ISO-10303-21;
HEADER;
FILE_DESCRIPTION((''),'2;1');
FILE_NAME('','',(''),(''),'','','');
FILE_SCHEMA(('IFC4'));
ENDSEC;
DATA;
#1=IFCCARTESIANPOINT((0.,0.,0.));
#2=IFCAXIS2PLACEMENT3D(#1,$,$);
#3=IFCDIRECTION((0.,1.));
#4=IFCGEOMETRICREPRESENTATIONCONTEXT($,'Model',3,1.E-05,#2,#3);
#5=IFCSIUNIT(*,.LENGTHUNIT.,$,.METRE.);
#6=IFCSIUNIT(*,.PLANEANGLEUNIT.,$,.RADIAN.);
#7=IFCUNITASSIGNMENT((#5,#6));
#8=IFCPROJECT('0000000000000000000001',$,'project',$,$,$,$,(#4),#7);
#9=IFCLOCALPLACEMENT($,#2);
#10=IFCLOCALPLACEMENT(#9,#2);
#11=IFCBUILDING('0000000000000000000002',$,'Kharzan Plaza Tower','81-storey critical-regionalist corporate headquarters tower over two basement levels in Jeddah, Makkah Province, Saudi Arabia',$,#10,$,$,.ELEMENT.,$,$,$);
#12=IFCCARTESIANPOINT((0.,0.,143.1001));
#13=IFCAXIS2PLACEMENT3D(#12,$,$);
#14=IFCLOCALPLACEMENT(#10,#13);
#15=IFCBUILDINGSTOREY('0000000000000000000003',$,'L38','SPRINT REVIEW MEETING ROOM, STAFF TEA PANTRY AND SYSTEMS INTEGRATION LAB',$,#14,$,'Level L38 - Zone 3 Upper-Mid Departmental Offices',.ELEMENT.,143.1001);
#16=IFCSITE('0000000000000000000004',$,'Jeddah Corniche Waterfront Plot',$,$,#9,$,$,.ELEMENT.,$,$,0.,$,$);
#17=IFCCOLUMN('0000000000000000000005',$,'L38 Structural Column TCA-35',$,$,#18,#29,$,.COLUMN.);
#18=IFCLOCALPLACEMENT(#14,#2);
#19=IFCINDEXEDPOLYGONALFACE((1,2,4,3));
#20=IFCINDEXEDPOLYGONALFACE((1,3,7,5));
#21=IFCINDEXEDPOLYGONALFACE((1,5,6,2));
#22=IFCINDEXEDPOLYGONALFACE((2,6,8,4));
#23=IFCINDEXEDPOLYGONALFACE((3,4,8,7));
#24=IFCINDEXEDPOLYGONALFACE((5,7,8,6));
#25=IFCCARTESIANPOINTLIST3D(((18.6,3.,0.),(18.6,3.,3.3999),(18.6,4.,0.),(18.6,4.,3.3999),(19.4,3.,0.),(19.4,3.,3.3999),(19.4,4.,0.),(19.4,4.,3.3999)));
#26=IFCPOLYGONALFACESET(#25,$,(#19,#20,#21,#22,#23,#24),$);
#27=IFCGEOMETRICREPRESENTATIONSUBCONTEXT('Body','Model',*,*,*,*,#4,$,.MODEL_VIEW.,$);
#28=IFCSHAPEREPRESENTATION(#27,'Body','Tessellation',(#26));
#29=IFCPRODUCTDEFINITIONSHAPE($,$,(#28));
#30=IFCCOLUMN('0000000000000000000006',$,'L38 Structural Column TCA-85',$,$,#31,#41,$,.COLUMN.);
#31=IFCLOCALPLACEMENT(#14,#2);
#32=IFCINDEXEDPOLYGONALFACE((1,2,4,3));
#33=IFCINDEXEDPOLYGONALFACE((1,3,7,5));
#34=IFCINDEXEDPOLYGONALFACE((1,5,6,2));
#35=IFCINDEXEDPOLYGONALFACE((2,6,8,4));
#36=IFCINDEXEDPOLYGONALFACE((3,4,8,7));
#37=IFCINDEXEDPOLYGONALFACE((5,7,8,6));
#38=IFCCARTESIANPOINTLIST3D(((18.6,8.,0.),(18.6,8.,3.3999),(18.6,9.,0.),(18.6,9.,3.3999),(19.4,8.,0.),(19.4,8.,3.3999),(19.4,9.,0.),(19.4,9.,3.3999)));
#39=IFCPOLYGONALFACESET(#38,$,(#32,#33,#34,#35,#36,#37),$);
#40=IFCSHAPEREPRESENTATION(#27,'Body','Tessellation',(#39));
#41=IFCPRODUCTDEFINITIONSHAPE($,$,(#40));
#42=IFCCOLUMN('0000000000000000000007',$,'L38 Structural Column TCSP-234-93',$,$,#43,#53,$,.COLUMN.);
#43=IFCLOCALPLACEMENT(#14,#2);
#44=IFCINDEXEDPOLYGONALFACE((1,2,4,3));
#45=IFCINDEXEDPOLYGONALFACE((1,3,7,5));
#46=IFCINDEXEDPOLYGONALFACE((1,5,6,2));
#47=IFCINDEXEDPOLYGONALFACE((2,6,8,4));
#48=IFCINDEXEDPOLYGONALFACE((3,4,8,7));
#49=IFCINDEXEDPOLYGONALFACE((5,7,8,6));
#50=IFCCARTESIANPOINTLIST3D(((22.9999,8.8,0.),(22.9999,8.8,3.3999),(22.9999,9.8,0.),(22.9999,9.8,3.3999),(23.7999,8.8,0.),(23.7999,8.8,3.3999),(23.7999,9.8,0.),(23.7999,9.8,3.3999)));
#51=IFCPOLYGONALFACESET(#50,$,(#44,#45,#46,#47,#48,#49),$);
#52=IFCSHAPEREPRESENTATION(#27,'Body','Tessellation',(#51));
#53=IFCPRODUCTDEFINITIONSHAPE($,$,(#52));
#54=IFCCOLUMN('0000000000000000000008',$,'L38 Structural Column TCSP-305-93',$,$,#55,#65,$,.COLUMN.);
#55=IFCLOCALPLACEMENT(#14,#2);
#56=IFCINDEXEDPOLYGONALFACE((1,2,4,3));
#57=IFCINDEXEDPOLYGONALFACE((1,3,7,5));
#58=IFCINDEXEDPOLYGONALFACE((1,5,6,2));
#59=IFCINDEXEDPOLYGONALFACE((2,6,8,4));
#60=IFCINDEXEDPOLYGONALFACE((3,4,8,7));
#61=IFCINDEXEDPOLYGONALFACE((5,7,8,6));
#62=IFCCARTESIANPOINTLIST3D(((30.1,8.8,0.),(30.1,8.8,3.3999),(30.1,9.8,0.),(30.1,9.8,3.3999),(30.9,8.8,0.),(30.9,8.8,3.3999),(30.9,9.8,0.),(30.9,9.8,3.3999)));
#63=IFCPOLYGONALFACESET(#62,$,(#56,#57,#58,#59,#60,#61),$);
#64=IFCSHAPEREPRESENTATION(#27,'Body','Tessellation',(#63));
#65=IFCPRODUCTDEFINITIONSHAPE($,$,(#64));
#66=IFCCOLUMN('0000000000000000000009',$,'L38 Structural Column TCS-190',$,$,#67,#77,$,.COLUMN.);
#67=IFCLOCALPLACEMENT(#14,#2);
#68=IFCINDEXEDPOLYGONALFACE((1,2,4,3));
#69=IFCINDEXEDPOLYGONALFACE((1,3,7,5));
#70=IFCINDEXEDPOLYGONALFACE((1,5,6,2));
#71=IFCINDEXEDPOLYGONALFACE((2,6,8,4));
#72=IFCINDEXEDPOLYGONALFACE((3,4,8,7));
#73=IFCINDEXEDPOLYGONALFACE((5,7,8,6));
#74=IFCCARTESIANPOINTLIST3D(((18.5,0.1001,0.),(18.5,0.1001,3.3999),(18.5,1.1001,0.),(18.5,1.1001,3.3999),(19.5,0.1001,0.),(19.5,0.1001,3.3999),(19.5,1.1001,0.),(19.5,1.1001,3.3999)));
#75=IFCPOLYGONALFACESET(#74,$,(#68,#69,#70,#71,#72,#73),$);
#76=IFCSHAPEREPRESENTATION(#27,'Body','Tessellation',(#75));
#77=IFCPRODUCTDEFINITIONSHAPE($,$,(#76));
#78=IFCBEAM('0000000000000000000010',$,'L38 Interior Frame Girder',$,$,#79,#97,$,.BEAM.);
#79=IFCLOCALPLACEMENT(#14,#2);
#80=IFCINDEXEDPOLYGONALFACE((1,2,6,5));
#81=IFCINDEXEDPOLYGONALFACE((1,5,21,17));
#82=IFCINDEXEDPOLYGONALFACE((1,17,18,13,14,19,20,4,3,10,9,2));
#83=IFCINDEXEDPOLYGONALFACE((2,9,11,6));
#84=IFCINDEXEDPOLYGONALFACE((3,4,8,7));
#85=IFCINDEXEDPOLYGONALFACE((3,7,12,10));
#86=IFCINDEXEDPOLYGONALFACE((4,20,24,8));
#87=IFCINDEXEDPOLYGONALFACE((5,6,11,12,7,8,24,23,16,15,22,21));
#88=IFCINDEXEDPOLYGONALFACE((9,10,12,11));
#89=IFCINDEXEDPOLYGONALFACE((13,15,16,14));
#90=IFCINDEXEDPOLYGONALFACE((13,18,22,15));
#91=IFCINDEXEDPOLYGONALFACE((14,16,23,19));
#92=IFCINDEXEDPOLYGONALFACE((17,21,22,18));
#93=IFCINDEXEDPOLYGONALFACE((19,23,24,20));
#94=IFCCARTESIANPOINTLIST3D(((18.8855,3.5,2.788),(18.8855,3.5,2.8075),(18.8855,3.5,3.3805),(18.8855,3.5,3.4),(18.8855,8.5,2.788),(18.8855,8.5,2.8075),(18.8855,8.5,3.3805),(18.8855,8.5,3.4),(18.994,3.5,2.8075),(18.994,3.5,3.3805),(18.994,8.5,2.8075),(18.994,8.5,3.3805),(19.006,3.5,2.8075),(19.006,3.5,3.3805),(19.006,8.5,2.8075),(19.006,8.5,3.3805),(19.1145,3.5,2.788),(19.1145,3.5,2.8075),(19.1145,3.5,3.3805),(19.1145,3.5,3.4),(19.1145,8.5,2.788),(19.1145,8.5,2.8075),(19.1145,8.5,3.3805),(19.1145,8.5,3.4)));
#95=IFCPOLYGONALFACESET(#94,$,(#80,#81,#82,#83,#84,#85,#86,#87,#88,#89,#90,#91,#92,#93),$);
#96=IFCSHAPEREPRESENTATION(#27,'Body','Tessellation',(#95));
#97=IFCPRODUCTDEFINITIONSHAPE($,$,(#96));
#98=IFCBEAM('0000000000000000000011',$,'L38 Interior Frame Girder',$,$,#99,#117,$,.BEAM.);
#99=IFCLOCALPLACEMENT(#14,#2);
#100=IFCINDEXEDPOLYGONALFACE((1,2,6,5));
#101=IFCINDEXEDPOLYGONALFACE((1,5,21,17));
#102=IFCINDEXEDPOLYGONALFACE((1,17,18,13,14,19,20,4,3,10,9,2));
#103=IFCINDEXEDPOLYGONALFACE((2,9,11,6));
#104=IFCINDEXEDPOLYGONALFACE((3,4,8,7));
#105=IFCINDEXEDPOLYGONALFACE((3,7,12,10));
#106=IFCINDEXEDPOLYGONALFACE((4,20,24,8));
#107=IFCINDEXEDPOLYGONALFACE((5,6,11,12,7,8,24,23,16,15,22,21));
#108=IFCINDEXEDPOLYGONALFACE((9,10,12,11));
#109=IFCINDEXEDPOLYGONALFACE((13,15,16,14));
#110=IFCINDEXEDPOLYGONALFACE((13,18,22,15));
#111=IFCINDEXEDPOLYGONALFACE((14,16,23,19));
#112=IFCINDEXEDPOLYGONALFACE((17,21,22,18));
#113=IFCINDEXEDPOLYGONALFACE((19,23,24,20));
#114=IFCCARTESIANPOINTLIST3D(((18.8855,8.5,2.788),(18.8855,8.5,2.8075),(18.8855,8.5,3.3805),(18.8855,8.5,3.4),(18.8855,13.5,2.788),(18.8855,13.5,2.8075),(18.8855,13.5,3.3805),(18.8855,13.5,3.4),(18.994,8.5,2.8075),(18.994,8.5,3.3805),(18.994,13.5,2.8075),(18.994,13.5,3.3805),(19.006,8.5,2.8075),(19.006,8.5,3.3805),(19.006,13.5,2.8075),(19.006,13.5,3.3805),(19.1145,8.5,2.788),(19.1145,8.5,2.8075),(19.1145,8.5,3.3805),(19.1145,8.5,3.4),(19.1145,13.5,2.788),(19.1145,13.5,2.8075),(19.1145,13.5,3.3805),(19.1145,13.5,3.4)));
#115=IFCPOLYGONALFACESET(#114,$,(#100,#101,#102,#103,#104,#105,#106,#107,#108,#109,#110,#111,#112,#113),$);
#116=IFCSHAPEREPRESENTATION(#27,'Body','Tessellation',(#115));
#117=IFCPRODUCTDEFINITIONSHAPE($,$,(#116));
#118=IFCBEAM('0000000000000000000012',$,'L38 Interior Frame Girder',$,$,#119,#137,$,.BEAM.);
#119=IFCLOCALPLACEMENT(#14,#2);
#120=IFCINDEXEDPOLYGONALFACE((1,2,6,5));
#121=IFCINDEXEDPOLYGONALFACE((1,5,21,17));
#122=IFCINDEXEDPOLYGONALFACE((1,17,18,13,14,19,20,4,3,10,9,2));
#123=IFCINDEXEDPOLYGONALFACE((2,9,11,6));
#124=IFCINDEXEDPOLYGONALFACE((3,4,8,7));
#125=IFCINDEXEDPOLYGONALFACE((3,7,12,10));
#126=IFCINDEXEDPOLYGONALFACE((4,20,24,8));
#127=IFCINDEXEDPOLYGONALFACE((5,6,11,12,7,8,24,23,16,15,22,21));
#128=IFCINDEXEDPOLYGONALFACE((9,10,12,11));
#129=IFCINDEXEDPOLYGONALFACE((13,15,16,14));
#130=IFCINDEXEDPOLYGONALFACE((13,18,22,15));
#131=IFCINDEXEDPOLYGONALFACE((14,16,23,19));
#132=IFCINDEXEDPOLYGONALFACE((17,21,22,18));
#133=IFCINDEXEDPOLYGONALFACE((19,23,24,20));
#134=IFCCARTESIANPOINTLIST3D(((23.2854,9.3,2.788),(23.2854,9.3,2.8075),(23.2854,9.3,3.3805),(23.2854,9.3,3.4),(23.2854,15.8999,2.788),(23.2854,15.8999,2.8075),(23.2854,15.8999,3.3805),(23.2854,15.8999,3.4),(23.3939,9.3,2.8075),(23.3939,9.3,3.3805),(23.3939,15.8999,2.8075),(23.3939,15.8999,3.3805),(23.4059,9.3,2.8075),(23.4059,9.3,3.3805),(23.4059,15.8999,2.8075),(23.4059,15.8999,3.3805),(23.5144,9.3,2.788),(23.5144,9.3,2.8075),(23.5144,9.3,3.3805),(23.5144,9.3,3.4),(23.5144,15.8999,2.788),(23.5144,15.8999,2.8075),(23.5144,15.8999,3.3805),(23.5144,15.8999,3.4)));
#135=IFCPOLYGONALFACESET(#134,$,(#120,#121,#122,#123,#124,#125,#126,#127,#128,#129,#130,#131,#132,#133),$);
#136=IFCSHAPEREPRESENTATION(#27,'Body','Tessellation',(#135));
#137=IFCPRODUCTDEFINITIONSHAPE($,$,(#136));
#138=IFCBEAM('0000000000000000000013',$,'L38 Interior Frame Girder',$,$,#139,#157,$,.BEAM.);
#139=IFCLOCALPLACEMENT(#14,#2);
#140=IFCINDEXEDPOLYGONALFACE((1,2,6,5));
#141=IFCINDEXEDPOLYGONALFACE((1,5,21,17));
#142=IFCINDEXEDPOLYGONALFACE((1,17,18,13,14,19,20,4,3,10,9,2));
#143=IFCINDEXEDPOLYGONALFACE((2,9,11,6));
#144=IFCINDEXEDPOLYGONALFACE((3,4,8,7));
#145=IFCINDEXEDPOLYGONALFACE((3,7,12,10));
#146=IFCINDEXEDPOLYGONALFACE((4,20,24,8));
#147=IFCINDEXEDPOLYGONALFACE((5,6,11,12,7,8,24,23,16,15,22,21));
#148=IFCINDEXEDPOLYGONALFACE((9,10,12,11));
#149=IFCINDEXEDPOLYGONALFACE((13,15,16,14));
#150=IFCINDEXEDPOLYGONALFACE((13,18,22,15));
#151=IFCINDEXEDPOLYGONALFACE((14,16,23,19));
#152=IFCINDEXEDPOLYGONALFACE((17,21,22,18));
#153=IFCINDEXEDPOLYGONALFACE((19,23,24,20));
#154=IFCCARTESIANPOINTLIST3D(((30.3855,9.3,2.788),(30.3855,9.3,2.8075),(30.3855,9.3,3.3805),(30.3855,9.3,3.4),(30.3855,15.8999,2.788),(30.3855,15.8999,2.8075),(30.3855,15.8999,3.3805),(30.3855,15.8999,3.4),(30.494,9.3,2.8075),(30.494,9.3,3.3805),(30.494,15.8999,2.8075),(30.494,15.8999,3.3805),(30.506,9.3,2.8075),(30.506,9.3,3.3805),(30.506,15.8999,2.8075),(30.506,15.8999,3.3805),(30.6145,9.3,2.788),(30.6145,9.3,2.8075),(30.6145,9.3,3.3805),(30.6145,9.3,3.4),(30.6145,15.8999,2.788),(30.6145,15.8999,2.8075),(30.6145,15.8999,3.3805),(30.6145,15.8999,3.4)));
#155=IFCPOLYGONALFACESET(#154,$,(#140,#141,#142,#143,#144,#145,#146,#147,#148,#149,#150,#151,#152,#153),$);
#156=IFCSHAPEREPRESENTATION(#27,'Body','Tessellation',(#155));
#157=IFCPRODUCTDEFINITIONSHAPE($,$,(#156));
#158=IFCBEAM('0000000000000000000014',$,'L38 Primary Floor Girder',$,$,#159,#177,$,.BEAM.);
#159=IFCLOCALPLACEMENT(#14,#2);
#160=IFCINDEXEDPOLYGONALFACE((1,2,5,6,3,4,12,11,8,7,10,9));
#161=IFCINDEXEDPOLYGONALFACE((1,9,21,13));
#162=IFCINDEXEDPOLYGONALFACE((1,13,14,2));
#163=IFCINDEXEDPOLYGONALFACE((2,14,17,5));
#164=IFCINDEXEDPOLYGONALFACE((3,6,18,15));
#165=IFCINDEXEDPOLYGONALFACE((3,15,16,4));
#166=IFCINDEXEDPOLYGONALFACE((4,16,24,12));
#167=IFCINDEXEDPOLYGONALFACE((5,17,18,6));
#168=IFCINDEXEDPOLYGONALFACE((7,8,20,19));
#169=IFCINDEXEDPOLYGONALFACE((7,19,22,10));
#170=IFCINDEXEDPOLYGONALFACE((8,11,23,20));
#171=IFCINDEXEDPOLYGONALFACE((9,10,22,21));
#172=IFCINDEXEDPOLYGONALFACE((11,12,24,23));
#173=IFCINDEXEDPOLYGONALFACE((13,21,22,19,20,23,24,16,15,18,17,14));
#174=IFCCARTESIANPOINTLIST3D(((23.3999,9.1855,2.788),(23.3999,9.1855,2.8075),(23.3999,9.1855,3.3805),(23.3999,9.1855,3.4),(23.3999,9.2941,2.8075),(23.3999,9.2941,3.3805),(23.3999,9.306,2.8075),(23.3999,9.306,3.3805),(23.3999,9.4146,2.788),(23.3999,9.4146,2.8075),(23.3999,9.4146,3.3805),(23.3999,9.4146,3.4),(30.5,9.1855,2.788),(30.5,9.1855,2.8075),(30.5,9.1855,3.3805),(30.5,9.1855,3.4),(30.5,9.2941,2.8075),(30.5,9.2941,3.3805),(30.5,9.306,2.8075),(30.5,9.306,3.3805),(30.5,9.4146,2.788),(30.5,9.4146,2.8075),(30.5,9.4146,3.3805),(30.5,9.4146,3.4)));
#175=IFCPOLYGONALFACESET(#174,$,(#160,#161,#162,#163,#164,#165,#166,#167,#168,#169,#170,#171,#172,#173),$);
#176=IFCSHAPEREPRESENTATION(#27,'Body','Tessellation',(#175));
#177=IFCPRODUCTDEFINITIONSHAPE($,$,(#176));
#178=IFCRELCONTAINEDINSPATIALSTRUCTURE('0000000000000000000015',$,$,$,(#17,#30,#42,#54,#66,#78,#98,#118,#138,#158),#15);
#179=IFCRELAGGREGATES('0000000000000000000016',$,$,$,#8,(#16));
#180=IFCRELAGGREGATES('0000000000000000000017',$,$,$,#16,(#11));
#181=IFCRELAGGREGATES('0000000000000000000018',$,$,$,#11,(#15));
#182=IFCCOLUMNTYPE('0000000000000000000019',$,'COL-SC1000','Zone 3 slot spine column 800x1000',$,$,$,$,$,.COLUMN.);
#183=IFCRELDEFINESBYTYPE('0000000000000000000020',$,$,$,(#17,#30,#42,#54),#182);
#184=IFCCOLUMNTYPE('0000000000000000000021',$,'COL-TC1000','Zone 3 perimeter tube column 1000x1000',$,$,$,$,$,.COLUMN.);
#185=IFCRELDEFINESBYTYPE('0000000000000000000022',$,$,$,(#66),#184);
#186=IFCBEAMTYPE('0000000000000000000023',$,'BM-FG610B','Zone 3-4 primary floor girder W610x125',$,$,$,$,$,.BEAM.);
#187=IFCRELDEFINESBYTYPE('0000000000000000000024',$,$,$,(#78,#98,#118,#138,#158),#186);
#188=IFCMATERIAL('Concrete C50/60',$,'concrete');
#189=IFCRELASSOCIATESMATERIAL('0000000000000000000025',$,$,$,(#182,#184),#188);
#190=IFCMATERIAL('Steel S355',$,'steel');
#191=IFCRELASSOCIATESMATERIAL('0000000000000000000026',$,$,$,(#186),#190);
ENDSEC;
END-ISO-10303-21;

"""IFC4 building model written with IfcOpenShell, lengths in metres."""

from ifc_helpers import new_model, si_unit, direction, frame, origin, origin_2d, place, context, subcontext, project, spatial, rectangle, i_section, extrude, source, transform, mapped, material, material_profile, profile_set, type_object, element, save


model = new_model("IFC4")

# Units and contexts
model_context = context("Model", 3, precision=1e-05, world=origin(), true_north=direction((0.0, 1.0)))
body_context = subcontext(model_context, "Body", "Model", "MODEL_VIEW")
ifc_project = project(units=[si_unit("LENGTHUNIT", "METRE"), si_unit("PLANEANGLEUNIT", "RADIAN")], contexts=[model_context])

# Site, building, storey
site_placement = place(None, origin())
site = spatial("IfcSite", under=ifc_project, at=site_placement, Name="Jeddah Corniche Waterfront Plot", CompositionType="ELEMENT", RefElevation=0.0)
building_placement = place(site_placement, origin())
building = spatial("IfcBuilding", under=site, at=building_placement, Name="Kharzan Plaza Tower", Description="81-storey critical-regionalist corporate headquarters tower over two basement levels in Jeddah, Makkah Province, Saudi Arabia", CompositionType="ELEMENT")
storey_placement = place(building_placement, frame((0.0, 0.0, 143.1001)))
storey = spatial("IfcBuildingStorey", under=building, at=storey_placement, Name="L38", Description="SPRINT REVIEW MEETING ROOM, STAFF TEA PANTRY AND SYSTEMS INTEGRATION LAB", LongName="Level L38 - Zone 3 Upper-Mid Departmental Offices", CompositionType="ELEMENT", Elevation=143.1001)

# Columns
ifc_material_1 = material(Name="Concrete C50/60", Category="concrete")
ifc_material_profile_1 = material_profile(ifc_material_1, rectangle(XDim=0.8, YDim=1.0, at=origin_2d()), Name="RC-SC1000x800")
ifc_profile_set_1 = profile_set([ifc_material_profile_1], Name="Concrete C50/60")
column_type_1 = type_object("IfcColumnType", Name="COL-SC1000", Description="Zone 3 slot spine column 800x1000", PredefinedType="COLUMN", material=ifc_profile_set_1)
shared_shape_1 = source(origin(), body_context, "Body", "SweptSolid", [
    extrude(rectangle(XDim=0.8, YDim=1.0, at=origin_2d()), origin(), (0.0, 0.0, 1.0), 3.3999),
])
for number, where, z_axis, x_axis, name in (
    (1, (19.0, 3.5, 0.0), (0.0, 0.0, 1.0), (1.0, 0.0, 0.0), "L38 Structural Column TCA-35"),
    (2, (19.0, 8.5, 0.0), (0.0, 0.0, 1.0), (1.0, 0.0, 0.0), "L38 Structural Column TCA-85"),
    (3, (23.3999, 9.3, 0.0), (0.0, 0.0, 1.0), (1.0, 0.0, 0.0), "L38 Structural Column TCSP-234-93"),
    (4, (30.5, 9.3, 0.0), (0.0, 0.0, 1.0), (1.0, 0.0, 0.0), "L38 Structural Column TCSP-305-93"),
):
    element("IfcColumn", number, at=place(storey_placement, frame(where, z_axis=z_axis, x_axis=x_axis)), inside=storey, type_object=column_type_1, Name=name, PredefinedType="COLUMN", context=body_context, shape_type="MappedRepresentation", body=[
        mapped(shared_shape_1, transform((0.0, 0.0, 0.0), x_axis=(1.0, 0.0, 0.0), y_axis=(0.0, 1.0, 0.0), z_axis=(0.0, 0.0, 1.0))),
    ])
ifc_material_profile_2 = material_profile(ifc_material_1, rectangle(XDim=1.0, YDim=1.0, at=origin_2d()), Name="RC-TC1000x1000")
ifc_profile_set_2 = profile_set([ifc_material_profile_2], Name="Concrete C50/60")
column_type_2 = type_object("IfcColumnType", Name="COL-TC1000", Description="Zone 3 perimeter tube column 1000x1000", PredefinedType="COLUMN", material=ifc_profile_set_2)
shared_shape_2 = source(origin(), body_context, "Body", "SweptSolid", [
    extrude(rectangle(XDim=1.0, YDim=1.0, at=origin_2d()), origin(), (0.0, 0.0, 1.0), 3.3999),
])
column_placement = place(storey_placement, frame((19.0, 0.6001, 0.0), z_axis=(0.0, 0.0, 1.0), x_axis=(1.0, 0.0, 0.0)))
element("IfcColumn", 5, at=column_placement, inside=storey, type_object=column_type_2, Name="L38 Structural Column TCS-190", PredefinedType="COLUMN", context=body_context, shape_type="MappedRepresentation", body=[
    mapped(shared_shape_2, transform((0.0, 0.0, 0.0), x_axis=(1.0, 0.0, 0.0), y_axis=(0.0, 1.0, 0.0), z_axis=(0.0, 0.0, 1.0))),
])

# Beams
ifc_material_2 = material(Name="Steel S355", Category="steel")
ifc_material_profile_3 = material_profile(ifc_material_2, i_section(OverallWidth=0.229, OverallDepth=0.6121, WebThickness=0.012, FlangeThickness=0.0195, at=origin_2d()), Name="W610x125")
ifc_profile_set_3 = profile_set([ifc_material_profile_3], Name="Steel S355")
beam_type_1 = type_object("IfcBeamType", Name="BM-FG610B", Description="Zone 3-4 primary floor girder W610x125", PredefinedType="BEAM", material=ifc_profile_set_3)
shared_shape_3 = source(origin(), body_context, "Body", "SweptSolid", [
    extrude(i_section(OverallWidth=0.229, OverallDepth=0.6121, WebThickness=0.012, FlangeThickness=0.0195, at=origin_2d()), origin(), (0.0, 0.0, 1.0), 5.0),
])
for number, where, z_axis, x_axis, name in (
    (6, (19.0, 3.5, 3.094), (0.0, 1.0, 0.0), (-1.0, 0.0, 0.0), "L38 Interior Frame Girder"),
    (7, (19.0, 8.5, 3.094), (0.0, 1.0, 0.0), (-1.0, 0.0, 0.0), "L38 Interior Frame Girder"),
):
    element("IfcBeam", number, at=place(storey_placement, frame(where, z_axis=z_axis, x_axis=x_axis)), inside=storey, type_object=beam_type_1, Name=name, PredefinedType="BEAM", context=body_context, shape_type="MappedRepresentation", body=[
        mapped(shared_shape_3, transform((0.0, 0.0, 0.0), x_axis=(1.0, 0.0, 0.0), y_axis=(0.0, 1.0, 0.0), z_axis=(0.0, 0.0, 1.0))),
    ])
shared_shape_4 = source(origin(), body_context, "Body", "SweptSolid", [
    extrude(i_section(OverallWidth=0.229, OverallDepth=0.6121, WebThickness=0.012, FlangeThickness=0.0195, at=origin_2d()), origin(), (0.0, 0.0, 1.0), 6.5999),
])
for number, where, z_axis, x_axis, name in (
    (8, (23.3999, 9.3, 3.094), (0.0, 1.0, 0.0), (-1.0, 0.0, 0.0), "L38 Interior Frame Girder"),
    (9, (30.5, 9.3, 3.094), (0.0, 1.0, 0.0), (-1.0, 0.0, 0.0), "L38 Interior Frame Girder"),
):
    element("IfcBeam", number, at=place(storey_placement, frame(where, z_axis=z_axis, x_axis=x_axis)), inside=storey, type_object=beam_type_1, Name=name, PredefinedType="BEAM", context=body_context, shape_type="MappedRepresentation", body=[
        mapped(shared_shape_4, transform((0.0, 0.0, 0.0), x_axis=(1.0, 0.0, 0.0), y_axis=(0.0, 1.0, 0.0), z_axis=(0.0, 0.0, 1.0))),
    ])
shared_shape_5 = source(origin(), body_context, "Body", "SweptSolid", [
    extrude(i_section(OverallWidth=0.229, OverallDepth=0.6121, WebThickness=0.012, FlangeThickness=0.0195, at=origin_2d()), origin(), (0.0, 0.0, 1.0), 7.1001),
])
beam_1_placement = place(storey_placement, frame((23.3999, 9.3, 3.094), z_axis=(1.0, 0.0, 0.0), x_axis=(0.0, 1.0, 0.0)))
element("IfcBeam", 10, at=beam_1_placement, inside=storey, type_object=beam_type_1, Name="L38 Primary Floor Girder", PredefinedType="BEAM", context=body_context, shape_type="MappedRepresentation", body=[
    mapped(shared_shape_5, transform((0.0, 0.0, 0.0), x_axis=(1.0, 0.0, 0.0), y_axis=(0.0, 1.0, 0.0), z_axis=(0.0, 0.0, 1.0))),
])

save(model, "model.ifc")
